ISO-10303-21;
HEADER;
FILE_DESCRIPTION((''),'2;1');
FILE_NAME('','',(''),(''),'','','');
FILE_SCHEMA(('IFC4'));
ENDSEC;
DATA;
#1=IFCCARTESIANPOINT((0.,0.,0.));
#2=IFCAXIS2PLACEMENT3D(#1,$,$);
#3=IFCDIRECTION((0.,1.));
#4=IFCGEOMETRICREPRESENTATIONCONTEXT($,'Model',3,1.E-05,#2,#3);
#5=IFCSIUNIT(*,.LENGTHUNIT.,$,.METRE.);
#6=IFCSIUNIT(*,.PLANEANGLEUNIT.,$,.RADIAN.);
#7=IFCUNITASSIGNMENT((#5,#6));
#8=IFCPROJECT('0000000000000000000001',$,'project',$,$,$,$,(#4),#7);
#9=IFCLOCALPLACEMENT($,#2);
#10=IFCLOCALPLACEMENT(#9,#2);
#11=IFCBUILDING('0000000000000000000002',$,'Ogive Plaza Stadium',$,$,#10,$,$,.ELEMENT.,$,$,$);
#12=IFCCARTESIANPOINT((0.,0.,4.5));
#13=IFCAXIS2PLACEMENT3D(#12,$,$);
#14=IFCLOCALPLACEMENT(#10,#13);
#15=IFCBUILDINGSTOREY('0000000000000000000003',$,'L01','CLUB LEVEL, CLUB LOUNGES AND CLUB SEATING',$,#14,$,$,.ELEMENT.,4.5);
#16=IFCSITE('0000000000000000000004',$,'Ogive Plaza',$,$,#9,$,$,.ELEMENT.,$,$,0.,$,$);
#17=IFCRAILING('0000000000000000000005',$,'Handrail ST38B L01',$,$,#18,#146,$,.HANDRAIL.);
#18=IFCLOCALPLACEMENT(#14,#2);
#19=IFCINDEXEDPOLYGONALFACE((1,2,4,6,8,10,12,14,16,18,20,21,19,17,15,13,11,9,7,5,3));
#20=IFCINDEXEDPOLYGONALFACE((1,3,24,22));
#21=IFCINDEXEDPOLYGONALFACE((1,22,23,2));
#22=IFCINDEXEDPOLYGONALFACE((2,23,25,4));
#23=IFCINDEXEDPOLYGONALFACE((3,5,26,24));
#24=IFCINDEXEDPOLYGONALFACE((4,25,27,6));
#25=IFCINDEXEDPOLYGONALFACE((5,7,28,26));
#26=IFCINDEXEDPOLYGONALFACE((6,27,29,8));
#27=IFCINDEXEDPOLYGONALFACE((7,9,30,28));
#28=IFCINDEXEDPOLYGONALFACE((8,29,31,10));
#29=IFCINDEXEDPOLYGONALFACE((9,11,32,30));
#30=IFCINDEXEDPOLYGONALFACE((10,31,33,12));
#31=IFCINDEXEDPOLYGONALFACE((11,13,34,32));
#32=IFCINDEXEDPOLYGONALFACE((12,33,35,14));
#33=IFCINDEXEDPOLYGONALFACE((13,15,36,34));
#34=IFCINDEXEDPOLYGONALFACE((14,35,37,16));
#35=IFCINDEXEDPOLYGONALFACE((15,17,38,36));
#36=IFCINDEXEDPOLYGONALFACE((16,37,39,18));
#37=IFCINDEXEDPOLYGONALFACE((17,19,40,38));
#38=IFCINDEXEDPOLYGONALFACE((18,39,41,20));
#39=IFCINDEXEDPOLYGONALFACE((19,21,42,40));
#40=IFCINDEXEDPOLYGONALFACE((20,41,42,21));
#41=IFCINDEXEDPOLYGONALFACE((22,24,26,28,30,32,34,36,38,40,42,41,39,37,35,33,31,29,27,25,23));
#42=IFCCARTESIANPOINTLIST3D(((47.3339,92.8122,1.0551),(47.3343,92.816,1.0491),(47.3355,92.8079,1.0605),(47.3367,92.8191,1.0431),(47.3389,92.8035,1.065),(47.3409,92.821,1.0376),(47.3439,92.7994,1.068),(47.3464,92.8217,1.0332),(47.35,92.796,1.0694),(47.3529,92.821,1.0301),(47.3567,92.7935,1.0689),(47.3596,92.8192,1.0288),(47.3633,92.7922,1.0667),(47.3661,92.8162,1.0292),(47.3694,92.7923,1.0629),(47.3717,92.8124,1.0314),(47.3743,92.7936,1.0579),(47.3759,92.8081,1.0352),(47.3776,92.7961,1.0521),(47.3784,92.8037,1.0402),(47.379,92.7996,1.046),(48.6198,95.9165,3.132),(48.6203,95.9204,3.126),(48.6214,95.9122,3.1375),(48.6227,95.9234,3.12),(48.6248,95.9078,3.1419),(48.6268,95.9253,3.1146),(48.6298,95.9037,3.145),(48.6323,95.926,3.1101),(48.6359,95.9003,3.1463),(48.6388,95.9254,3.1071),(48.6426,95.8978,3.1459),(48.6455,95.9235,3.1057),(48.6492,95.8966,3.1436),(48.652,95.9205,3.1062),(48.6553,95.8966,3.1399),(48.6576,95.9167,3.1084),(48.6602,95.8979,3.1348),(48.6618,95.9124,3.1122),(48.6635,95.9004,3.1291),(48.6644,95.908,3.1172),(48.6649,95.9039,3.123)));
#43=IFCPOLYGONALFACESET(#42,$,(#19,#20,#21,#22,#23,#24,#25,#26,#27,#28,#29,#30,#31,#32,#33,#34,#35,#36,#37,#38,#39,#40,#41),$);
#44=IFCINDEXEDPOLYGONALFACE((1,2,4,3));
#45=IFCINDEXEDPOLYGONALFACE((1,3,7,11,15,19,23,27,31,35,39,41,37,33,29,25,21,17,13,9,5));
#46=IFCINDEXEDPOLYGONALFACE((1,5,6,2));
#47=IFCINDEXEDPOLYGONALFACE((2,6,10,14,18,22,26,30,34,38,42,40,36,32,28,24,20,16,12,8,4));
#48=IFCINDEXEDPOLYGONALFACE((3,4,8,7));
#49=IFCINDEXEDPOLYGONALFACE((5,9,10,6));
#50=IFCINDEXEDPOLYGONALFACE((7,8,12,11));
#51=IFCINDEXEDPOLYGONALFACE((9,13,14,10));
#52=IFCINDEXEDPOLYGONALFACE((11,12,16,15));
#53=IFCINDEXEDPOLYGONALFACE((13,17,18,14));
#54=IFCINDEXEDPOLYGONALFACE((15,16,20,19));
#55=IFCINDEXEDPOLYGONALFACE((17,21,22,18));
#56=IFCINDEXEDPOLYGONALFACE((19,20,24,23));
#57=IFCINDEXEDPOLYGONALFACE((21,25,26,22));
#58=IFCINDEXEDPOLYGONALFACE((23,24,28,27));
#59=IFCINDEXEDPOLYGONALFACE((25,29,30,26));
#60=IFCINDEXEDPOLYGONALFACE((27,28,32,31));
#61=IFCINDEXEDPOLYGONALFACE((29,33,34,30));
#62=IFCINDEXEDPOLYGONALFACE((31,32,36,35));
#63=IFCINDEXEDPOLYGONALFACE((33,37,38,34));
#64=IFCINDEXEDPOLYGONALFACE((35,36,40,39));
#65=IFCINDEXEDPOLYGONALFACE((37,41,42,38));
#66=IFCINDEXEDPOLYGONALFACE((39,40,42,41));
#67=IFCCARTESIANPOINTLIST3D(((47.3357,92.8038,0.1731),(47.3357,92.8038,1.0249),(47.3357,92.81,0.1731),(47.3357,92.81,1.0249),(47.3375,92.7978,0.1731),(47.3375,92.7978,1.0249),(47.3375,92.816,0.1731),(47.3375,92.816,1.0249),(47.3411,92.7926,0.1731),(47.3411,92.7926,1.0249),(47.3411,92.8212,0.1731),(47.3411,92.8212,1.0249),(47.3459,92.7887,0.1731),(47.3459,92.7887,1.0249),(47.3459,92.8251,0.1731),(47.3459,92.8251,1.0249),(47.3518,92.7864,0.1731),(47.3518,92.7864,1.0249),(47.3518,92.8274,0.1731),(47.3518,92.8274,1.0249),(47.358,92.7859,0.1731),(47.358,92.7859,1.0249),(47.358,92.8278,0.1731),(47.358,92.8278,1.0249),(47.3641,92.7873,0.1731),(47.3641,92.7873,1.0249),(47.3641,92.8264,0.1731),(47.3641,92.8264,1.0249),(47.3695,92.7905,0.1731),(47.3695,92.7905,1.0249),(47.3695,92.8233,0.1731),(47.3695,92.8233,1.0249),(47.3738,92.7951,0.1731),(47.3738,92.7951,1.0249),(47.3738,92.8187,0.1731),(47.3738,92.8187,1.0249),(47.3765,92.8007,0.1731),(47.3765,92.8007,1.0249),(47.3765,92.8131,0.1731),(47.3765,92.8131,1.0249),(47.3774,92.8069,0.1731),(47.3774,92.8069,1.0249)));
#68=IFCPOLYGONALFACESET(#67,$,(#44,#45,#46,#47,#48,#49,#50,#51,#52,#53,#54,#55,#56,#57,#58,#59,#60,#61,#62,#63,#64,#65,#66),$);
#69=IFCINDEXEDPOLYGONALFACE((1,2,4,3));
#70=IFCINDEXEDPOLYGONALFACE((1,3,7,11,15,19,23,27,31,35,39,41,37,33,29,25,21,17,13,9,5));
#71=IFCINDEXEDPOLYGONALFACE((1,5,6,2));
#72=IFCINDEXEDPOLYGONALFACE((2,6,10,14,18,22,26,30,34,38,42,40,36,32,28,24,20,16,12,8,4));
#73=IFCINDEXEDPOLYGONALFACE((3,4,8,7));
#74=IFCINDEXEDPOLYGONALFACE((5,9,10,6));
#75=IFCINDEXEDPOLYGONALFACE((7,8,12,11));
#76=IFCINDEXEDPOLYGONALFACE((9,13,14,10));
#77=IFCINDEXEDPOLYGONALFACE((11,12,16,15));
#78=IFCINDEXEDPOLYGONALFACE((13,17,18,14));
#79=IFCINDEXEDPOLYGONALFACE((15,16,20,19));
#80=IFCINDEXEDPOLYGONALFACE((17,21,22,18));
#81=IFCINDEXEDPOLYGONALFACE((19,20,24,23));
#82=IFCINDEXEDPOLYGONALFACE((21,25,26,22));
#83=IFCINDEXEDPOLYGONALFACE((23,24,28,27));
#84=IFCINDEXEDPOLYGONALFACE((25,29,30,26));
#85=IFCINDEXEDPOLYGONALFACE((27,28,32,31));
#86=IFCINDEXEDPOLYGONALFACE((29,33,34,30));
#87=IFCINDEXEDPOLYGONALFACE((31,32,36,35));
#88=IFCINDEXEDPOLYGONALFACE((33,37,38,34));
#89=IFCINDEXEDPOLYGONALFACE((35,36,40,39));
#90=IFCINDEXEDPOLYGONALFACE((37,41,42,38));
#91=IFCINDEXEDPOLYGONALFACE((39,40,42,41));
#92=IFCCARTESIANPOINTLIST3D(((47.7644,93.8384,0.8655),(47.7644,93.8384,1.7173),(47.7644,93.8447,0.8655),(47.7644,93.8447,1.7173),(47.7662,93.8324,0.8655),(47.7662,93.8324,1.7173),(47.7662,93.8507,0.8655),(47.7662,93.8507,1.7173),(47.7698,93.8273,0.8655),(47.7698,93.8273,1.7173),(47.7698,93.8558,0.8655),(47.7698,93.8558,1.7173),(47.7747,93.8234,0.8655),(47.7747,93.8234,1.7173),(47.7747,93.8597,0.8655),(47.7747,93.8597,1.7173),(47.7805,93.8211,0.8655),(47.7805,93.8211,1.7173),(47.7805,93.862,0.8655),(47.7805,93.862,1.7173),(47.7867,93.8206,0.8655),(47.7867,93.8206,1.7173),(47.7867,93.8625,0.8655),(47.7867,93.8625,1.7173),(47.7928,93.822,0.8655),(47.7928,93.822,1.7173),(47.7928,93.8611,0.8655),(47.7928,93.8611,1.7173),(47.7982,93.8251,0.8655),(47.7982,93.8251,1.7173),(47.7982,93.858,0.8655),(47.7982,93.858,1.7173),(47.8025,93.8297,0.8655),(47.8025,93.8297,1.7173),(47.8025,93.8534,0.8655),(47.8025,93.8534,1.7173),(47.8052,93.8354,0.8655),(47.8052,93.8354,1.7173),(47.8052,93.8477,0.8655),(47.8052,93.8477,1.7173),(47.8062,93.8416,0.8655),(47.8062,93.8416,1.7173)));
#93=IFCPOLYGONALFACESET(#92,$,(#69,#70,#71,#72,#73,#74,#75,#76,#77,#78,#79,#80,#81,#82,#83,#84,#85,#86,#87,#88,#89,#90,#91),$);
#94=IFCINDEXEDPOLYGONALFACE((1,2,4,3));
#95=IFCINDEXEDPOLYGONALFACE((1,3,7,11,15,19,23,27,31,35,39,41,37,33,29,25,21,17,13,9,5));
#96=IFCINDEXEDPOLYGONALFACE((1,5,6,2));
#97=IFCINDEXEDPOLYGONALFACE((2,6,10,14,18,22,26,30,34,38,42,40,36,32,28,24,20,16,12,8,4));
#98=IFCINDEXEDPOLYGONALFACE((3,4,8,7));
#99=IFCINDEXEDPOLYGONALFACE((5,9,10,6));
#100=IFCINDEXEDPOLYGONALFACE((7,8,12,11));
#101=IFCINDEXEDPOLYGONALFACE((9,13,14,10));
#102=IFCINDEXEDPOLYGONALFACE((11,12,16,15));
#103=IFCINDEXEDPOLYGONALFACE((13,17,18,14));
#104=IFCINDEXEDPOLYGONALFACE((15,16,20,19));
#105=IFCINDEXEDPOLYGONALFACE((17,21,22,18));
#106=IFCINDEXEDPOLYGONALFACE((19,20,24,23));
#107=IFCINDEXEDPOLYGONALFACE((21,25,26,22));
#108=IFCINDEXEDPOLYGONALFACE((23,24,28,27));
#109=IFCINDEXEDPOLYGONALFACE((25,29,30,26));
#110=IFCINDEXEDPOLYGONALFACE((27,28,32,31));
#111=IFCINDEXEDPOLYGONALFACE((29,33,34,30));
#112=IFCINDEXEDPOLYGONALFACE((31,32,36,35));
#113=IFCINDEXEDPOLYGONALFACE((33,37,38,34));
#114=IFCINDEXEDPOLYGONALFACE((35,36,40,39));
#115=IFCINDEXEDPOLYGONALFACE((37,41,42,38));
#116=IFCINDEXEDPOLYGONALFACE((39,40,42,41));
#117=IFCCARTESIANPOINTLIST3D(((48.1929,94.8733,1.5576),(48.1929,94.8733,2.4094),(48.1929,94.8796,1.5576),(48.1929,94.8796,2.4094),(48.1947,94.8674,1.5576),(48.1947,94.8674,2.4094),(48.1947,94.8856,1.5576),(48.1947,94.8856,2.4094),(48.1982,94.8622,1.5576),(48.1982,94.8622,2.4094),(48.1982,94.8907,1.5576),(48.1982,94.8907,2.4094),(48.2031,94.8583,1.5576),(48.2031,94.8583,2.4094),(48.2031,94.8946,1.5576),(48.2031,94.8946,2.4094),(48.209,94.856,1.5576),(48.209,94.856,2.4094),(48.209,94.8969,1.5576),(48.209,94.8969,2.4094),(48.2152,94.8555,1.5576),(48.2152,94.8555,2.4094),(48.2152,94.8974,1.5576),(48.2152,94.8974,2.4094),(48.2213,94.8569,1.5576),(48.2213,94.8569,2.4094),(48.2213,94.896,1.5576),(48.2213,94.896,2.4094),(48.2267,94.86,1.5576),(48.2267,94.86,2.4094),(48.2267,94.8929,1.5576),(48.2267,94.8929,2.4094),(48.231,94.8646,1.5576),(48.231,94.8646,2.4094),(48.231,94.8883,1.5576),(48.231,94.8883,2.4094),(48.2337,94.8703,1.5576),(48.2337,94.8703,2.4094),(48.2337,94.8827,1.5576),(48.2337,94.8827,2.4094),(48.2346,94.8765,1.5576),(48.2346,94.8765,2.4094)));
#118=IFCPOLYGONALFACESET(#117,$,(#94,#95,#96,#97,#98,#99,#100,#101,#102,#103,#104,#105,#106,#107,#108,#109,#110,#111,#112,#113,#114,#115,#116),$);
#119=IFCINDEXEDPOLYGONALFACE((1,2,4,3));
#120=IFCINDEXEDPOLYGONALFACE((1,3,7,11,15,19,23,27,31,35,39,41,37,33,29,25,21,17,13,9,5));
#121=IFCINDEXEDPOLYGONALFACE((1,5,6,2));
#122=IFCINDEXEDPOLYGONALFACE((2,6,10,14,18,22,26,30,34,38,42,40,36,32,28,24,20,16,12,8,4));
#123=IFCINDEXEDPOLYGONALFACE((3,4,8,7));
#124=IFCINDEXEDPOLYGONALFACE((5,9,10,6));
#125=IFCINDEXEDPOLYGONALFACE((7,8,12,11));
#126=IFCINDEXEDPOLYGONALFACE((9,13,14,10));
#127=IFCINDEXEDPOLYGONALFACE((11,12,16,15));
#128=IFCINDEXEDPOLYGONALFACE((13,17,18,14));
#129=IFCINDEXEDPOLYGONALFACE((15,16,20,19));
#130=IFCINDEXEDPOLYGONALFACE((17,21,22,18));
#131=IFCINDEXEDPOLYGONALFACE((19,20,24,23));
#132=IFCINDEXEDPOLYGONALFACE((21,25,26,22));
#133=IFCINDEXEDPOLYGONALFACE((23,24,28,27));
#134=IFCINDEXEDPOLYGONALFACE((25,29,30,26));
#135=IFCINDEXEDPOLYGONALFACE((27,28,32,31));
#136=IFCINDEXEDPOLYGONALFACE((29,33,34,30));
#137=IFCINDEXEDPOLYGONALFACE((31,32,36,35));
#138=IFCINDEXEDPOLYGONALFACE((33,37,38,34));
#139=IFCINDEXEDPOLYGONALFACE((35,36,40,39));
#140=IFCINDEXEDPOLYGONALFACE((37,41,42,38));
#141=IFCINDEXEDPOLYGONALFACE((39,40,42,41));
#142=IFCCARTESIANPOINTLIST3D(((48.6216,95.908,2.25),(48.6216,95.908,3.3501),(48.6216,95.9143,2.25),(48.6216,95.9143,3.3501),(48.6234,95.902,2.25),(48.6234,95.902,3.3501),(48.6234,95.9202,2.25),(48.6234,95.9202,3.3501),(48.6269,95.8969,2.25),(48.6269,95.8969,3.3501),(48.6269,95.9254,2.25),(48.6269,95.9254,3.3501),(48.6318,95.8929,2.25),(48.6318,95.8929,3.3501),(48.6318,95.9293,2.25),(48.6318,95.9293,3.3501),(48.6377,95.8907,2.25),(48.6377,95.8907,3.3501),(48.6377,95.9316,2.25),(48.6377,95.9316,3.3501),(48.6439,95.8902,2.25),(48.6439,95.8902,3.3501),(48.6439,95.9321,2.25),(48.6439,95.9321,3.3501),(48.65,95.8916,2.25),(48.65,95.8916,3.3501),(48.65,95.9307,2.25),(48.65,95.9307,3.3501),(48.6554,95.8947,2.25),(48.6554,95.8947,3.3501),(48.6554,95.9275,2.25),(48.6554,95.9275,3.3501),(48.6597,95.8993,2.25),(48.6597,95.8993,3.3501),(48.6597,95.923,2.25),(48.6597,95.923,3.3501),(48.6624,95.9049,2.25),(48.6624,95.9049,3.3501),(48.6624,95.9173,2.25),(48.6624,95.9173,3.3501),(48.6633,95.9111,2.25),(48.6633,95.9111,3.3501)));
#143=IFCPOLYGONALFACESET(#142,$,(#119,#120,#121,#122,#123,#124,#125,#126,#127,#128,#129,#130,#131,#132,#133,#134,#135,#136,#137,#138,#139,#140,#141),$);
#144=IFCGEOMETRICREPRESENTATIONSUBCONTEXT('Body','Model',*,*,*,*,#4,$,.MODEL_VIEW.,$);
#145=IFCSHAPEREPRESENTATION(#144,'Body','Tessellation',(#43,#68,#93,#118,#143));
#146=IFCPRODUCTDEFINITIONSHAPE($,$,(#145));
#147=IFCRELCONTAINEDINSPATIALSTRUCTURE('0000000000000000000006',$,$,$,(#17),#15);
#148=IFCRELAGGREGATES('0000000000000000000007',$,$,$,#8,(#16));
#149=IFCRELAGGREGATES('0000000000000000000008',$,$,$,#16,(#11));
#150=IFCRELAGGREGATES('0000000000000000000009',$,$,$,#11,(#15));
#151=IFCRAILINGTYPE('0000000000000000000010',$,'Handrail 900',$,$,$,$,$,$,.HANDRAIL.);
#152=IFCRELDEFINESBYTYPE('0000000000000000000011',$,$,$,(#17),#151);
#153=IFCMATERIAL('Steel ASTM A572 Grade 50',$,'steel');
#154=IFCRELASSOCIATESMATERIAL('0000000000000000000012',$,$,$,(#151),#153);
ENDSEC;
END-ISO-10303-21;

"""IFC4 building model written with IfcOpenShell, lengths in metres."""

from ifc_helpers import new_model, si_unit, direction, frame, origin, origin_2d, place, context, subcontext, project, spatial, circle, extrude, material, type_object, element, save


model = new_model("IFC4")

# Units and contexts
model_context = context("Model", 3, precision=1e-05, world=origin(), true_north=direction((0.0, 1.0)))
body_context = subcontext(model_context, "Body", "Model", "MODEL_VIEW")
ifc_project = project(units=[si_unit("LENGTHUNIT", "METRE"), si_unit("PLANEANGLEUNIT", "RADIAN")], contexts=[model_context])

# Site, building, storey
site_placement = place(None, origin())
site = spatial("IfcSite", under=ifc_project, at=site_placement, Name="Ogive Plaza", CompositionType="ELEMENT", RefElevation=0.0)
building_placement = place(site_placement, origin())
building = spatial("IfcBuilding", under=site, at=building_placement, Name="Ogive Plaza Stadium", CompositionType="ELEMENT")
storey_placement = place(building_placement, frame((0.0, 0.0, 4.5)))
storey = spatial("IfcBuildingStorey", under=building, at=storey_placement, Name="L01", Description="CLUB LEVEL, CLUB LOUNGES AND CLUB SEATING", CompositionType="ELEMENT", Elevation=4.5)

# Railing
ifc_material_1 = material(Name="Steel ASTM A572 Grade 50", Category="steel")
railing_type_1 = type_object("IfcRailingType", Name="Handrail 900", PredefinedType="HANDRAIL", material=ifc_material_1)
for number, where, name in (
    (1, (47.3564, 92.8069, 0.1731), "Handrail ST38B L01"),
):
    element("IfcRailing", number, at=place(storey_placement, frame(where)), inside=storey, type_object=railing_type_1, Name=name, PredefinedType="HANDRAIL", context=body_context, shape_type="SweptSolid", body=[
        extrude(circle(Radius=0.0239, at=origin_2d()), frame((0.0, 0.0, 0.876), z_axis=(0.325532, 0.785863, 0.525783), x_axis=(-0.923872, 0.3827, 0.0)), (0.0, 0.0, 1.0), 3.9502),
        extrude(circle(Radius=0.021, at=origin_2d()), origin(), (0.0, 0.0, 1.0), 0.8518),
        extrude(circle(Radius=0.021, at=origin_2d()), frame((0.4287, 1.0347, 0.6924)), (0.0, 0.0, 1.0), 0.8518),
        extrude(circle(Radius=0.021, at=origin_2d()), frame((0.8572, 2.0696, 1.3845)), (0.0, 0.0, 1.0), 0.8518),
        extrude(circle(Radius=0.021, at=origin_2d()), frame((1.2859, 3.1042, 2.0769)), (0.0, 0.0, 1.0), 1.1001),
    ])

save(model, "model.ifc")
